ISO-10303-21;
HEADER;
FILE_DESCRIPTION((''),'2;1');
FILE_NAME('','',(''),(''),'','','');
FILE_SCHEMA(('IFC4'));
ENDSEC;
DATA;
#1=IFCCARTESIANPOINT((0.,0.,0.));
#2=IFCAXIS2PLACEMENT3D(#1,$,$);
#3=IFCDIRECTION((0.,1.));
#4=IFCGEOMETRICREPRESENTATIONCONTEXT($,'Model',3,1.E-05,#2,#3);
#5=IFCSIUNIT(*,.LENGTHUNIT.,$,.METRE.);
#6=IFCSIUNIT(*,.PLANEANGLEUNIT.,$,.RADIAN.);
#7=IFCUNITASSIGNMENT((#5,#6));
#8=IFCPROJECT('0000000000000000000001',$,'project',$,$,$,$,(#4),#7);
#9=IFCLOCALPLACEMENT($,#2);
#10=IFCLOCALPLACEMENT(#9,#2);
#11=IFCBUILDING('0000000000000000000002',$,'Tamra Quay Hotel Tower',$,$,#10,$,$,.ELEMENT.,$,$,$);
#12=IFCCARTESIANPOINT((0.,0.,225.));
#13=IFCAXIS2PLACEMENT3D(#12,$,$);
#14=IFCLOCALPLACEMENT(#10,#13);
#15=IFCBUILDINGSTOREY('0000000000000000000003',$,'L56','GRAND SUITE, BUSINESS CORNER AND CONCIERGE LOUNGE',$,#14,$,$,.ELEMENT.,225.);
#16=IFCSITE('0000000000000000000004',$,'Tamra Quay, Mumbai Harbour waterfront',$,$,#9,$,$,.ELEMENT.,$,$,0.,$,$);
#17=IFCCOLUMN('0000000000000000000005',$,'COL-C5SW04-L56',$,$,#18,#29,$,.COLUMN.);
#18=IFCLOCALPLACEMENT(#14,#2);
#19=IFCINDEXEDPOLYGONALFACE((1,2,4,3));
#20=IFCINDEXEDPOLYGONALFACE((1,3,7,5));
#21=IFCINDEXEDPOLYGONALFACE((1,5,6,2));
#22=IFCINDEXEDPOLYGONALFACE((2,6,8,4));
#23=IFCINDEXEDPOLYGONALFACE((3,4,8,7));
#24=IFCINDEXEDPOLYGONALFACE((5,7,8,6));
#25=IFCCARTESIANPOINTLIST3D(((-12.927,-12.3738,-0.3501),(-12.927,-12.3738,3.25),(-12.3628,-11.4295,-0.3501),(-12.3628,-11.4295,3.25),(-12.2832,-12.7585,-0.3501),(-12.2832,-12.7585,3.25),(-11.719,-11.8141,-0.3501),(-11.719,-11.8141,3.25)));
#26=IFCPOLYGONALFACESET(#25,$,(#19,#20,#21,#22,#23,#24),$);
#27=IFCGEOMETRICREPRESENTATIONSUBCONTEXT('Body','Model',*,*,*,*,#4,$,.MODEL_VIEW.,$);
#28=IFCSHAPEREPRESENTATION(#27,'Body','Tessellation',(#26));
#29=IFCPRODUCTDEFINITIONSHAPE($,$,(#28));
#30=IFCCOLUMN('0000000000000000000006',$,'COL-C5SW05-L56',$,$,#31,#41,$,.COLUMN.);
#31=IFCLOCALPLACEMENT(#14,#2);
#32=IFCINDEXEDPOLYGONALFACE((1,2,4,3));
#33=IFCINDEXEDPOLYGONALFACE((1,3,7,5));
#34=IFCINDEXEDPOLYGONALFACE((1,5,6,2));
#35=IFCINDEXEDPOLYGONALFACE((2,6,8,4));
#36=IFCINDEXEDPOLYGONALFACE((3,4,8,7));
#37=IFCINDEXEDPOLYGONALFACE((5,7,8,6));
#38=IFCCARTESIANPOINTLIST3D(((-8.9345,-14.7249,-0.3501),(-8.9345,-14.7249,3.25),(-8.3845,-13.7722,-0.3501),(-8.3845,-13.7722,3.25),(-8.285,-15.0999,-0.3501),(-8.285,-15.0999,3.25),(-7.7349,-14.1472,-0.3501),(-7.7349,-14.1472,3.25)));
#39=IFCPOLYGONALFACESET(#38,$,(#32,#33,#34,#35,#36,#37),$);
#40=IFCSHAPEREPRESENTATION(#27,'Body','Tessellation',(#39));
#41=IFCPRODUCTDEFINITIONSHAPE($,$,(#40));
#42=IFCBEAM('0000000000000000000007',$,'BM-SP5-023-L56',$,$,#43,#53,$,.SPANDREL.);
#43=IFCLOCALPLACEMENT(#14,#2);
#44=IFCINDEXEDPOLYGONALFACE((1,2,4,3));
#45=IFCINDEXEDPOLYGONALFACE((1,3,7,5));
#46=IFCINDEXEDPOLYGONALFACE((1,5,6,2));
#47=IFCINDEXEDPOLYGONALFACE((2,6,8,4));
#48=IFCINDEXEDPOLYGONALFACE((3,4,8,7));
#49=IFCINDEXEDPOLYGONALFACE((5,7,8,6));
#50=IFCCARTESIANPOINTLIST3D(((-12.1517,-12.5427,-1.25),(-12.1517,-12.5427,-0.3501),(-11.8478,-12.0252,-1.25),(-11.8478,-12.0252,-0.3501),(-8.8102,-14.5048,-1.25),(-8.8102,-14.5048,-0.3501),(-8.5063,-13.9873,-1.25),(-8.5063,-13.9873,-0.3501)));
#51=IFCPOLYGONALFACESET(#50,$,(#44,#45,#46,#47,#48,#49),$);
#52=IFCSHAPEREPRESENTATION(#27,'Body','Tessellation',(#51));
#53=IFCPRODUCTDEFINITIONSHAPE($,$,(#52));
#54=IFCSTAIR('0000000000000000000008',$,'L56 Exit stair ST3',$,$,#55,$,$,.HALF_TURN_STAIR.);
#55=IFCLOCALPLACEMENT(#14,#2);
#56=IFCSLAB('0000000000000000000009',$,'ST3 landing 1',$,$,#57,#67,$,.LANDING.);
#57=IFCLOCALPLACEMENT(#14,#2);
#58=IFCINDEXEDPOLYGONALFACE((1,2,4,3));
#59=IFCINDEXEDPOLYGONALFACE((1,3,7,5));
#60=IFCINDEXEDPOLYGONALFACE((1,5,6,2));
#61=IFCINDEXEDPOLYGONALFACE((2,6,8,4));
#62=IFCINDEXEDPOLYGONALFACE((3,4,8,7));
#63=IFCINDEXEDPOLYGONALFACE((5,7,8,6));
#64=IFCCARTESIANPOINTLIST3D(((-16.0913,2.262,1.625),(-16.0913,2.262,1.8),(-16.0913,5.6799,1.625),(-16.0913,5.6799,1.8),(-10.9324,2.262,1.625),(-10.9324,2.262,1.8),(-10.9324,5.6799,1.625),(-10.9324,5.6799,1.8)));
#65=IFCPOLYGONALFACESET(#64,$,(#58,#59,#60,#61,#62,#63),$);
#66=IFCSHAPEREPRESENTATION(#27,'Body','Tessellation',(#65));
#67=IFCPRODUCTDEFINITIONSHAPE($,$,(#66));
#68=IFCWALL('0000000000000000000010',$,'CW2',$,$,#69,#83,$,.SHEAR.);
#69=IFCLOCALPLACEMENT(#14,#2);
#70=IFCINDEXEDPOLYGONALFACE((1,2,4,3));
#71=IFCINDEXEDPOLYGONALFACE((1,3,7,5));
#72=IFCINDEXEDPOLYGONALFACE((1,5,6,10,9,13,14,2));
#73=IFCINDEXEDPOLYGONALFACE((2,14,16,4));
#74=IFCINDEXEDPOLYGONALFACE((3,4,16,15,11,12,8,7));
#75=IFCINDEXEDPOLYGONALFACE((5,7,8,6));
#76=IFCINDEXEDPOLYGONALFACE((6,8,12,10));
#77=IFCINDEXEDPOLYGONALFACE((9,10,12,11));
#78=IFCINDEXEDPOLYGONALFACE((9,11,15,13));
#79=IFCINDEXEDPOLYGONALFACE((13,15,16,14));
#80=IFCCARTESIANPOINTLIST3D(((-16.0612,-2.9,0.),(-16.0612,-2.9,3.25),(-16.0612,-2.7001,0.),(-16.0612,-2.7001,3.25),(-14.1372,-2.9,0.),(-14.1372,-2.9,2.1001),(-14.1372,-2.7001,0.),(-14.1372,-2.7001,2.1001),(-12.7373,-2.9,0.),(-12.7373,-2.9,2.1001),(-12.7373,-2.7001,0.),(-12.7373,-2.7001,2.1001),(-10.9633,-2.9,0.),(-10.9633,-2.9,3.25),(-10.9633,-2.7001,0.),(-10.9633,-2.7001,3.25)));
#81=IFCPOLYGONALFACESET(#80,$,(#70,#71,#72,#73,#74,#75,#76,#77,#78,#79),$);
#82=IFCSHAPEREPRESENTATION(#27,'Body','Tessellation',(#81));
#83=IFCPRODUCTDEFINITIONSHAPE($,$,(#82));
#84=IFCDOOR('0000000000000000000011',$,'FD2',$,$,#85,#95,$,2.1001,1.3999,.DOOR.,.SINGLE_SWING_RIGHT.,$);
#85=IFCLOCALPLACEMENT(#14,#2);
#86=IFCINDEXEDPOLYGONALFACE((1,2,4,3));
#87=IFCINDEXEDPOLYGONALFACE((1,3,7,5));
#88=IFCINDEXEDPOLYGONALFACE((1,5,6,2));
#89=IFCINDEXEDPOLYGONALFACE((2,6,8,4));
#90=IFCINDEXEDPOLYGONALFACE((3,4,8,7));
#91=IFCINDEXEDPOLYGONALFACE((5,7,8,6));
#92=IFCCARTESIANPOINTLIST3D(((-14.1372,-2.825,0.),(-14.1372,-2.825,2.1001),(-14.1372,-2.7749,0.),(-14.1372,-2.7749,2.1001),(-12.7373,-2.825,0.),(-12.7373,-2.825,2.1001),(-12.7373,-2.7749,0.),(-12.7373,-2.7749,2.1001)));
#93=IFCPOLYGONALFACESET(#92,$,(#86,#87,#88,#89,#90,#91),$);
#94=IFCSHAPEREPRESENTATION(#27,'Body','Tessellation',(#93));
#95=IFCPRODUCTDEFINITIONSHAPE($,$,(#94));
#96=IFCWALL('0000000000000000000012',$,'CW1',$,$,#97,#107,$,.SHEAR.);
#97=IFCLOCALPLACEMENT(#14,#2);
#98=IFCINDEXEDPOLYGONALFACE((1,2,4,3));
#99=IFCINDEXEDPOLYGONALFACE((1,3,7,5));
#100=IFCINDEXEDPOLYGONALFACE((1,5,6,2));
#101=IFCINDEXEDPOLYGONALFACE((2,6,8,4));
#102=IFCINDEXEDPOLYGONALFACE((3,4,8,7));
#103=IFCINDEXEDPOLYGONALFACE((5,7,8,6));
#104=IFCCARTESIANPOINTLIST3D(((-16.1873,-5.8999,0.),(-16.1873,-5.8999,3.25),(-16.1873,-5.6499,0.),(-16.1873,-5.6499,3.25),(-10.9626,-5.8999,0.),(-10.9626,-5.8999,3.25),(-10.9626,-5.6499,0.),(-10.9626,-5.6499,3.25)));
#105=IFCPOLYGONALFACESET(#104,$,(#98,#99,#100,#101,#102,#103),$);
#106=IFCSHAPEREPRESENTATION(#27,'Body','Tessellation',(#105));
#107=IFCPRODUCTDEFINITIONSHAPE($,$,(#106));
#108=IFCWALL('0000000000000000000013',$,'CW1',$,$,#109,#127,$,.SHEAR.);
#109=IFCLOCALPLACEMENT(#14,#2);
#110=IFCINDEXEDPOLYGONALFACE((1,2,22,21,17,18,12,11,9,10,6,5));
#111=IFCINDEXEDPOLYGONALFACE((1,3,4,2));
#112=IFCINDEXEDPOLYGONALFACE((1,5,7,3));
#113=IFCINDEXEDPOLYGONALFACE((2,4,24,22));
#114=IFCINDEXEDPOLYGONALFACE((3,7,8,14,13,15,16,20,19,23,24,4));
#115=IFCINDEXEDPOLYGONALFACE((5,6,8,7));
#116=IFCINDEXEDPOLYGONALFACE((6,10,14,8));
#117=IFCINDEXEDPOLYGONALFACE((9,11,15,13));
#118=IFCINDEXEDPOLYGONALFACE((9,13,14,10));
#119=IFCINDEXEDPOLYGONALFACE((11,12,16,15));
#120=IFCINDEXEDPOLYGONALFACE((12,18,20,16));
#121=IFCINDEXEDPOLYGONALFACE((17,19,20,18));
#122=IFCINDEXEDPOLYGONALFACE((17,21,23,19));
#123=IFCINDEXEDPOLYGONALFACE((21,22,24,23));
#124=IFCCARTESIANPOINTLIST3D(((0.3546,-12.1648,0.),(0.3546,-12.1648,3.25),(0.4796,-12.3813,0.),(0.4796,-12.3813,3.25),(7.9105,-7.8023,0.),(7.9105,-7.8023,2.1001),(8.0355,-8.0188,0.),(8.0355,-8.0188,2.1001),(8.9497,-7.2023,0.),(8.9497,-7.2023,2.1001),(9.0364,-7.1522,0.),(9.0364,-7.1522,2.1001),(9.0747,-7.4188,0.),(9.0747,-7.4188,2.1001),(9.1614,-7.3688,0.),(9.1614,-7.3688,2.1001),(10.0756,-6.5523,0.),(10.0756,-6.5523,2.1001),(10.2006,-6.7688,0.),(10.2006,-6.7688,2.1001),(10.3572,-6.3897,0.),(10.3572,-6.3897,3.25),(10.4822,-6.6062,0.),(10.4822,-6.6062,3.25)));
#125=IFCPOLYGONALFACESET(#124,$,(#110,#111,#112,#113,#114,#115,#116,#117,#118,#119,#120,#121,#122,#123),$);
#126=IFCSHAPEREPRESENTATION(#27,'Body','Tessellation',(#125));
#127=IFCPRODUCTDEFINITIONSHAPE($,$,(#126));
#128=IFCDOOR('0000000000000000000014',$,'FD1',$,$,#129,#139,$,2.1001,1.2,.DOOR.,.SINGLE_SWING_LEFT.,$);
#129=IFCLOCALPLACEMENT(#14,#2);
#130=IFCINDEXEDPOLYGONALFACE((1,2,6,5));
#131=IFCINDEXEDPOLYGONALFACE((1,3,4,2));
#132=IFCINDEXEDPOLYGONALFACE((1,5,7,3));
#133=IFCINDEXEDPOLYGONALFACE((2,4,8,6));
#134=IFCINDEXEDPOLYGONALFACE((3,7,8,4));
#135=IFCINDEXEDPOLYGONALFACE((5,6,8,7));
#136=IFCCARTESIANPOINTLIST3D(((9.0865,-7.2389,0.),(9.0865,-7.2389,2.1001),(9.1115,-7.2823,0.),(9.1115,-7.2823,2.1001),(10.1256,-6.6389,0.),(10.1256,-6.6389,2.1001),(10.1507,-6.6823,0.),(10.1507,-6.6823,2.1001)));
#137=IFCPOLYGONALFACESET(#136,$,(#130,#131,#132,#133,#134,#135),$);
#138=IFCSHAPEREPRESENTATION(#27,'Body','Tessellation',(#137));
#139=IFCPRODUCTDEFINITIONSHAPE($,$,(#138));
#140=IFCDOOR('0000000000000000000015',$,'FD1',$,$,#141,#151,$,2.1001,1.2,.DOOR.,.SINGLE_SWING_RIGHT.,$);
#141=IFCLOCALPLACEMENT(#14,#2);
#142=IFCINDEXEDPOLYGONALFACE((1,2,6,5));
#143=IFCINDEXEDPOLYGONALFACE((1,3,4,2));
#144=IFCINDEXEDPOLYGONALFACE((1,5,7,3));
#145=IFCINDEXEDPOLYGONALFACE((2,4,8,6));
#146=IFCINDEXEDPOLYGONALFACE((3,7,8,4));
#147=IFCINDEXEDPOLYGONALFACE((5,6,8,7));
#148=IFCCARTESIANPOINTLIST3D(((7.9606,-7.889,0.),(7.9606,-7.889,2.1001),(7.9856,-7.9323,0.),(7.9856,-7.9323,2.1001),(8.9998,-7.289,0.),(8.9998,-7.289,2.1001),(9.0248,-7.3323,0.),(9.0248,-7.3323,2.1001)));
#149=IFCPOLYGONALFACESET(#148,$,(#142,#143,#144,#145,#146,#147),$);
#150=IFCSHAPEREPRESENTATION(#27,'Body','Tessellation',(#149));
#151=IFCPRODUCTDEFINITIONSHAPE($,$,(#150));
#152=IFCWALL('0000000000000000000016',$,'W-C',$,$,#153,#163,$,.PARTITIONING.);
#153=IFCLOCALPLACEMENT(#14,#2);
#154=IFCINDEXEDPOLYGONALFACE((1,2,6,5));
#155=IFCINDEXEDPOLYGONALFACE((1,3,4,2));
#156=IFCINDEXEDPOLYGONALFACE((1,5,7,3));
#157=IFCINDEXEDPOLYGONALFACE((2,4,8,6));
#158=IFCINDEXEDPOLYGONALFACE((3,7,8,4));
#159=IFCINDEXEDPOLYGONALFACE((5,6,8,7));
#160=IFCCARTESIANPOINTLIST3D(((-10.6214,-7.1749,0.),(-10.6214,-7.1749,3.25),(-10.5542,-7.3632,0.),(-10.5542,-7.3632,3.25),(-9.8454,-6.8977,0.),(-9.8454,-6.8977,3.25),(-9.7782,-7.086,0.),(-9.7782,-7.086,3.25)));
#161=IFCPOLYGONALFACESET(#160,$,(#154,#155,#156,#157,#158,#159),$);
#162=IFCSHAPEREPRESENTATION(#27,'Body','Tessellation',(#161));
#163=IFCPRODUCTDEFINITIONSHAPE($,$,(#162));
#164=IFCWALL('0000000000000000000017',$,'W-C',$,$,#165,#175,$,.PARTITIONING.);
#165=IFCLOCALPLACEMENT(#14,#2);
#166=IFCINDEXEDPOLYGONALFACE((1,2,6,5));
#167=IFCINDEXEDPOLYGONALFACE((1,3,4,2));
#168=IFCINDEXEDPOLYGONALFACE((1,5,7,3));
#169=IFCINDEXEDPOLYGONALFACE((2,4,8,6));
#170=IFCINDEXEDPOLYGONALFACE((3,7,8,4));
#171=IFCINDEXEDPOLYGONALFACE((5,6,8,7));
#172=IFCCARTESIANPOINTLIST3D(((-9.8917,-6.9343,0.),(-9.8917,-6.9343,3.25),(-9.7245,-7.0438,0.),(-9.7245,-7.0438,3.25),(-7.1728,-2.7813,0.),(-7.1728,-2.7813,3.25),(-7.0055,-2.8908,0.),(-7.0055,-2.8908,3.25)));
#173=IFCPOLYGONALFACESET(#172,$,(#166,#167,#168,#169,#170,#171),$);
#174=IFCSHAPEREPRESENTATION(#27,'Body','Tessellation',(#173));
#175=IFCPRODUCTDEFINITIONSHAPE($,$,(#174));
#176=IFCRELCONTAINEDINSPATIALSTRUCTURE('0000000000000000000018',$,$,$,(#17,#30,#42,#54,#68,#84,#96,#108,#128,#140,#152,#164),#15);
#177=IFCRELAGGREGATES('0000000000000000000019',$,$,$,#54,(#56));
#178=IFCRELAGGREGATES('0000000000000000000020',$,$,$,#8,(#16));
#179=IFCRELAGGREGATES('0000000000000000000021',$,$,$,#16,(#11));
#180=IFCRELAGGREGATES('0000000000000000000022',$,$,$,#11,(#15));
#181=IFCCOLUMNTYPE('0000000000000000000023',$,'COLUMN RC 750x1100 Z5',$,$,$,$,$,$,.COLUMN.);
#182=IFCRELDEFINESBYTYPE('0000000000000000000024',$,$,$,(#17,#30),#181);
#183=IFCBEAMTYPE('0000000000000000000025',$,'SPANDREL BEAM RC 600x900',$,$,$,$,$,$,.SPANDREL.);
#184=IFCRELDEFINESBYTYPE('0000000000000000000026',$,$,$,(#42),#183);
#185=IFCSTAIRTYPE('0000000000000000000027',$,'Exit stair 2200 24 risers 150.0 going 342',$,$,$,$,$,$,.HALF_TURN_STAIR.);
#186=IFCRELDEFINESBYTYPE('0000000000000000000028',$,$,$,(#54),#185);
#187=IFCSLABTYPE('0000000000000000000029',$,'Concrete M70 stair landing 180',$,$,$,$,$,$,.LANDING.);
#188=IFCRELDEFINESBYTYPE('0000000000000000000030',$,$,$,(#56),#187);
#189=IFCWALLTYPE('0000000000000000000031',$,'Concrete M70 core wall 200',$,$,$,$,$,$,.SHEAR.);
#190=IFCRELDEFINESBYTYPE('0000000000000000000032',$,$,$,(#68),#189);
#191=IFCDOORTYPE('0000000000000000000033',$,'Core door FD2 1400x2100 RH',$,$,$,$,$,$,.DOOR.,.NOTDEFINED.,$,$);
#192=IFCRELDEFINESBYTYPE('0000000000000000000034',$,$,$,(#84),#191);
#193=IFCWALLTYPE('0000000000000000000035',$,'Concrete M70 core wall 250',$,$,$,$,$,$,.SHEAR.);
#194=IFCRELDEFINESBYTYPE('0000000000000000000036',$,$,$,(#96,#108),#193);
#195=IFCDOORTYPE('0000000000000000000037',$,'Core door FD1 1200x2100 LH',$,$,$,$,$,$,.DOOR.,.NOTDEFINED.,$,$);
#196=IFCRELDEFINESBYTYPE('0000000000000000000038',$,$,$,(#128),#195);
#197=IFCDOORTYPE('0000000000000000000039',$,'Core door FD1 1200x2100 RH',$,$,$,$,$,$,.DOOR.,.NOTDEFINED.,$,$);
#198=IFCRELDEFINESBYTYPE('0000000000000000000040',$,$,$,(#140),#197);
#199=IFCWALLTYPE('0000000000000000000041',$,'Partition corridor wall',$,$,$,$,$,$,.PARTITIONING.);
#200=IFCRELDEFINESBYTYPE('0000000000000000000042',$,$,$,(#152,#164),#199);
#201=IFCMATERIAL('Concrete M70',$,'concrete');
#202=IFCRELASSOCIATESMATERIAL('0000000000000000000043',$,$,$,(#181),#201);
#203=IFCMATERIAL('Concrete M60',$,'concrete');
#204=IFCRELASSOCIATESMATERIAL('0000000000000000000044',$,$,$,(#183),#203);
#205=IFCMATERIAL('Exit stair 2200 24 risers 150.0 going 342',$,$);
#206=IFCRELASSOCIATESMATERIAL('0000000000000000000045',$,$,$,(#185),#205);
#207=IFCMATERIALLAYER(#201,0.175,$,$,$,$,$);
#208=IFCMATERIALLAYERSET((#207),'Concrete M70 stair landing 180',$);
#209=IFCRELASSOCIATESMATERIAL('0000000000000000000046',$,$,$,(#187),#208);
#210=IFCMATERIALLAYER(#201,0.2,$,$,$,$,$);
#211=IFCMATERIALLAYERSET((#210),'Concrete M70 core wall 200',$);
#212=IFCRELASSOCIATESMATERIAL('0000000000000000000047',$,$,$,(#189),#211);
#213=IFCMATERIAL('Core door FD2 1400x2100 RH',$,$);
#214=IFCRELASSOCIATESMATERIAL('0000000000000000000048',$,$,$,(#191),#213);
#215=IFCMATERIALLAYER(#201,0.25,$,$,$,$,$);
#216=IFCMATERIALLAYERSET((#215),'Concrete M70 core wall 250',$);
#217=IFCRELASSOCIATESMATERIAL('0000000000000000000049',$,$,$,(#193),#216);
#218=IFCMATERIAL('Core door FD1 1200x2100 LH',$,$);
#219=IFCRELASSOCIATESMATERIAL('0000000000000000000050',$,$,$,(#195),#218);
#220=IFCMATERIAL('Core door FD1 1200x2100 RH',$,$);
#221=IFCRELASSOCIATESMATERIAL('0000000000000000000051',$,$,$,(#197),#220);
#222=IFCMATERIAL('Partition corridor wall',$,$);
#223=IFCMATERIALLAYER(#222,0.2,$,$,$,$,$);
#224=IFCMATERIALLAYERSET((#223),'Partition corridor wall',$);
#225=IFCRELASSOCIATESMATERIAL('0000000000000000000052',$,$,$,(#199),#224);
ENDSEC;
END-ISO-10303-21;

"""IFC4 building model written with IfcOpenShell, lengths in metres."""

from ifc_helpers import new_model, si_unit, direction, frame, frame_2d, origin, origin_2d, place, context, subcontext, project, spatial, polyline, rectangle, outline, extrude, material, layer, layer_set, material_profile, profile_set, type_object, element, fill, aggregate, save


model = new_model("IFC4")

# Units and contexts
model_context = context("Model", 3, precision=1e-05, world=origin(), true_north=direction((0.0, 1.0)))
body_context = subcontext(model_context, "Body", "Model", "MODEL_VIEW")
ifc_project = project(units=[si_unit("LENGTHUNIT", "METRE"), si_unit("PLANEANGLEUNIT", "RADIAN")], contexts=[model_context])

# Site, building, storey
site_placement = place(None, origin())
site = spatial("IfcSite", under=ifc_project, at=site_placement, Name="Tamra Quay, Mumbai Harbour waterfront", CompositionType="ELEMENT", RefElevation=0.0)
building_placement = place(site_placement, origin())
building = spatial("IfcBuilding", under=site, at=building_placement, Name="Tamra Quay Hotel Tower", CompositionType="ELEMENT")
storey_placement = place(building_placement, frame((0.0, 0.0, 225.0)))
storey = spatial("IfcBuildingStorey", under=building, at=storey_placement, Name="L56", Description="GRAND SUITE, BUSINESS CORNER AND CONCIERGE LOUNGE", CompositionType="ELEMENT", Elevation=225.0)

# Columns
ifc_material_1 = material(Name="Concrete M70", Category="concrete")
ifc_material_profile_1 = material_profile(ifc_material_1, rectangle(XDim=1.1001, YDim=0.75, at=origin_2d()), Name="COLUMN RC 750x1100 Z5")
ifc_profile_set_1 = profile_set([ifc_material_profile_1], Name="Concrete M70")
column_type = type_object("IfcColumnType", Name="COLUMN RC 750x1100 Z5", PredefinedType="COLUMN", material=ifc_profile_set_1)
for number, where, z_axis, x_axis, name in (
    (1, (-12.323, -12.094, -0.3501), (0.0, 0.0, 1.0), (0.512899, 0.858449, 0.0), "COL-C5SW04-L56"),
    (2, (-8.3347, -14.436, -0.3501), (0.0, 0.0, 1.0), (0.5, 0.866025, 0.0), "COL-C5SW05-L56"),
):
    element("IfcColumn", number, at=place(storey_placement, frame(where, z_axis=z_axis, x_axis=x_axis)), inside=storey, type_object=column_type, Name=name, PredefinedType="COLUMN", context=body_context, shape_type="SweptSolid", body=[
        extrude(rectangle(XDim=1.1001, YDim=0.75, at=origin_2d()), origin(), (0.0, 0.0, 1.0), 3.6001),
    ])

# Beam
ifc_material_2 = material(Name="Concrete M60", Category="concrete")
ifc_material_profile_2 = material_profile(ifc_material_2, rectangle(XDim=0.6001, YDim=0.8999, at=origin_2d()), Name="SPANDREL BEAM RC 600x900")
ifc_profile_set_2 = profile_set([ifc_material_profile_2], Name="Concrete M60")
beam_type = type_object("IfcBeamType", Name="SPANDREL BEAM RC 600x900", PredefinedType="SPANDREL", material=ifc_profile_set_2)
beam_placement = place(storey_placement, frame((-11.9998, -12.2839, -0.8), z_axis=(0.862324, -0.506356, 0.0), x_axis=(0.506356, 0.862324, 0.0)))
element("IfcBeam", 3, at=beam_placement, inside=storey, type_object=beam_type, Name="BM-SP5-023-L56", PredefinedType="SPANDREL", context=body_context, shape_type="SweptSolid", body=[
    extrude(rectangle(XDim=0.6001, YDim=0.8999, at=origin_2d()), origin(), (0.0, 0.0, 1.0), 3.875),
])

# Stair, slab
ifc_material_3 = material(Name="Exit stair 2200 24 risers 150.0 going 342")
stair_type = type_object("IfcStairType", Name="Exit stair 2200 24 risers 150.0 going 342", PredefinedType="HALF_TURN_STAIR", material=ifc_material_3)
stair_placement = place(storey_placement, origin())
stair = element("IfcStair", 4, at=stair_placement, inside=storey, type_object=stair_type, Name="L56 Exit stair ST3", PredefinedType="HALF_TURN_STAIR")
ifc_layer_1 = layer(ifc_material_1, 0.175)
ifc_layer_set_1 = layer_set([ifc_layer_1], Name="Concrete M70 stair landing 180")
slab_type_1 = type_object("IfcSlabType", Name="Concrete M70 stair landing 180", PredefinedType="LANDING", material=ifc_layer_set_1)
slab_1_placement = place(storey_placement, frame((0.0, 0.0, 1.625)))
slab_1 = element("IfcSlab", 5, at=slab_1_placement, type_object=slab_type_1, Name="ST3 landing 1", PredefinedType="LANDING", context=body_context, shape_type="SweptSolid", body=[
    extrude(outline(polyline([(-10.9324, 2.262), (-10.9324, 5.6799), (-16.0913, 5.6799), (-16.0913, 2.262), (-10.9324, 2.262)])), origin(), (0.0, 0.0, 1.0), 0.175),
])

# Wall, opening, door
ifc_layer_2 = layer(ifc_material_1, 0.2)
ifc_layer_set_2 = layer_set([ifc_layer_2], Name="Concrete M70 core wall 200")
wall_type_1 = type_object("IfcWallType", Name="Concrete M70 core wall 200", PredefinedType="SHEAR", material=ifc_layer_set_2)
wall_1_placement = place(storey_placement, frame((-10.9634, -2.8, 0.0), z_axis=(0.0, 0.0, 1.0), x_axis=(-1.0, 0.0, 0.0)))
wall_1 = element("IfcWall", 6, at=wall_1_placement, inside=storey, type_object=wall_type_1, Name="CW2", PredefinedType="SHEAR", context=body_context, shape_type="SweptSolid", body=[
    extrude(rectangle(XDim=5.0979, YDim=0.2, at=frame_2d((2.5488, 0.0))), origin(), (0.0, 0.0, 1.0), 3.25),
])
opening_1_placement = place(wall_1_placement, frame((1.7739, 0.0, 0.0)))
opening_1 = element("IfcOpeningElement", 7, at=opening_1_placement, cuts=wall_1, PredefinedType="OPENING", context=body_context, shape_type="SweptSolid", body=[
    extrude(rectangle(XDim=1.3999, YDim=2.1001, at=frame_2d((0.7, 1.05))), frame((0.0, 0.1099, 0.0), z_axis=(0.0, -1.0, 0.0), x_axis=(1.0, 0.0, 0.0)), (0.0, 0.0, 1.0), 0.22),
])
ifc_material_4 = material(Name="Core door FD2 1400x2100 RH")
door_type_1 = type_object("IfcDoorType", Name="Core door FD2 1400x2100 RH", OperationType="NOTDEFINED", PredefinedType="DOOR", material=ifc_material_4)
door_1_placement = place(opening_1_placement, origin())
door_1 = element("IfcDoor", 8, at=door_1_placement, inside=storey, type_object=door_type_1, Name="FD2", OperationType="SINGLE_SWING_RIGHT", OverallHeight=2.1001, OverallWidth=1.3999, PredefinedType="DOOR", context=body_context, shape_type="SweptSolid", body=[
    extrude(rectangle(XDim=1.3999, YDim=2.1001, at=frame_2d((0.7, 1.05))), frame((0.0, 0.0249, 0.0), z_axis=(0.0, -1.0, 0.0), x_axis=(1.0, 0.0, 0.0)), (0.0, 0.0, 1.0), 0.05),
])
fill(opening_1, door_1)

# Wall
ifc_layer_3 = layer(ifc_material_1, 0.25)
ifc_layer_set_3 = layer_set([ifc_layer_3], Name="Concrete M70 core wall 250")
wall_type_2 = type_object("IfcWallType", Name="Concrete M70 core wall 250", PredefinedType="SHEAR", material=ifc_layer_set_3)
wall_2_placement = place(storey_placement, frame((-10.9626, -5.7749, 0.0), z_axis=(0.0, 0.0, 1.0), x_axis=(-1.0, 0.0, 0.0)))
element("IfcWall", 9, at=wall_2_placement, inside=storey, type_object=wall_type_2, Name="CW1", PredefinedType="SHEAR", context=body_context, shape_type="SweptSolid", body=[
    extrude(rectangle(XDim=5.2246, YDim=0.25, at=frame_2d((2.6123, 0.0))), origin(), (0.0, 0.0, 1.0), 3.25),
])

# Wall, openings, doors
wall_3_placement = place(storey_placement, frame((0.4172, -12.2729, 0.0), z_axis=(0.0, 0.0, 1.0), x_axis=(0.866022, 0.500006, 0.0)))
wall_3 = element("IfcWall", 10, at=wall_3_placement, inside=storey, type_object=wall_type_2, Name="CW1", PredefinedType="SHEAR", context=body_context, shape_type="SweptSolid", body=[
    extrude(rectangle(XDim=11.55, YDim=0.25, at=frame_2d((5.7749, 0.0))), origin(), (0.0, 0.0, 1.0), 3.25),
])
opening_2_placement = place(wall_3_placement, frame((10.0247, 0.0, 0.0)))
opening_2 = element("IfcOpeningElement", 11, at=opening_2_placement, cuts=wall_3, PredefinedType="OPENING", context=body_context, shape_type="SweptSolid", body=[
    extrude(rectangle(XDim=1.2, YDim=2.1001, at=frame_2d((0.6001, 1.05))), frame((0.0, 0.135, 0.0), z_axis=(0.0, -1.0, 0.0), x_axis=(1.0, 0.0, 0.0)), (0.0, 0.0, 1.0), 0.27),
])
opening_3_placement = place(wall_3_placement, frame((8.7246, 0.0, 0.0)))
opening_3 = element("IfcOpeningElement", 12, at=opening_3_placement, cuts=wall_3, PredefinedType="OPENING", context=body_context, shape_type="SweptSolid", body=[
    extrude(rectangle(XDim=1.2, YDim=2.1001, at=frame_2d((0.6001, 1.05))), frame((0.0, 0.135, 0.0), z_axis=(0.0, -1.0, 0.0), x_axis=(1.0, 0.0, 0.0)), (0.0, 0.0, 1.0), 0.27),
])
ifc_material_5 = material(Name="Core door FD1 1200x2100 LH")
door_type_2 = type_object("IfcDoorType", Name="Core door FD1 1200x2100 LH", OperationType="NOTDEFINED", PredefinedType="DOOR", material=ifc_material_5)
door_2_placement = place(opening_2_placement, origin())
door_2 = element("IfcDoor", 13, at=door_2_placement, inside=storey, type_object=door_type_2, Name="FD1", OperationType="SINGLE_SWING_LEFT", OverallHeight=2.1001, OverallWidth=1.2, PredefinedType="DOOR", context=body_context, shape_type="SweptSolid", body=[
    extrude(rectangle(XDim=1.2, YDim=2.1001, at=frame_2d((0.6001, 1.05))), frame((0.0, 0.0249, 0.0), z_axis=(0.0, -1.0, 0.0), x_axis=(1.0, 0.0, 0.0)), (0.0, 0.0, 1.0), 0.05),
])
fill(opening_2, door_2)
ifc_material_6 = material(Name="Core door FD1 1200x2100 RH")
door_type_3 = type_object("IfcDoorType", Name="Core door FD1 1200x2100 RH", OperationType="NOTDEFINED", PredefinedType="DOOR", material=ifc_material_6)
door_3_placement = place(opening_3_placement, origin())
door_3 = element("IfcDoor", 14, at=door_3_placement, inside=storey, type_object=door_type_3, Name="FD1", OperationType="SINGLE_SWING_RIGHT", OverallHeight=2.1001, OverallWidth=1.2, PredefinedType="DOOR", context=body_context, shape_type="SweptSolid", body=[
    extrude(rectangle(XDim=1.2, YDim=2.1001, at=frame_2d((0.6001, 1.05))), frame((0.0, 0.0249, 0.0), z_axis=(0.0, -1.0, 0.0), x_axis=(1.0, 0.0, 0.0)), (0.0, 0.0, 1.0), 0.05),
])
fill(opening_3, door_3)

# Walls
ifc_material_7 = material(Name="Partition corridor wall")
ifc_layer_4 = layer(ifc_material_7, 0.2)
ifc_layer_set_4 = layer_set([ifc_layer_4], Name="Partition corridor wall")
wall_type_3 = type_object("IfcWallType", Name="Partition corridor wall", PredefinedType="PARTITIONING", material=ifc_layer_set_4)
wall_4_placement = place(storey_placement, frame((-10.5879, -7.269, 0.0), z_axis=(0.0, 0.0, 1.0), x_axis=(0.941742, 0.336336, 0.0)))
element("IfcWall", 15, at=wall_4_placement, inside=storey, type_object=wall_type_3, Name="W-C", PredefinedType="PARTITIONING", context=body_context, shape_type="SweptSolid", body=[
    extrude(rectangle(XDim=0.824, YDim=0.2, at=frame_2d((0.4121, 0.0))), origin(), (0.0, 0.0, 1.0), 3.25),
])
wall_5_placement = place(storey_placement, frame((-9.8081, -6.989, 0.0), z_axis=(0.0, 0.0, 1.0), x_axis=(0.547746, 0.836645, 0.0)))
element("IfcWall", 16, at=wall_5_placement, inside=storey, type_object=wall_type_3, Name="W-C", PredefinedType="PARTITIONING", context=body_context, shape_type="SweptSolid", body=[
    extrude(rectangle(XDim=4.9639, YDim=0.2, at=frame_2d((2.4819, 0.0))), origin(), (0.0, 0.0, 1.0), 3.25),
])

aggregate(stair, [slab_1])

save(model, "model.ifc")
